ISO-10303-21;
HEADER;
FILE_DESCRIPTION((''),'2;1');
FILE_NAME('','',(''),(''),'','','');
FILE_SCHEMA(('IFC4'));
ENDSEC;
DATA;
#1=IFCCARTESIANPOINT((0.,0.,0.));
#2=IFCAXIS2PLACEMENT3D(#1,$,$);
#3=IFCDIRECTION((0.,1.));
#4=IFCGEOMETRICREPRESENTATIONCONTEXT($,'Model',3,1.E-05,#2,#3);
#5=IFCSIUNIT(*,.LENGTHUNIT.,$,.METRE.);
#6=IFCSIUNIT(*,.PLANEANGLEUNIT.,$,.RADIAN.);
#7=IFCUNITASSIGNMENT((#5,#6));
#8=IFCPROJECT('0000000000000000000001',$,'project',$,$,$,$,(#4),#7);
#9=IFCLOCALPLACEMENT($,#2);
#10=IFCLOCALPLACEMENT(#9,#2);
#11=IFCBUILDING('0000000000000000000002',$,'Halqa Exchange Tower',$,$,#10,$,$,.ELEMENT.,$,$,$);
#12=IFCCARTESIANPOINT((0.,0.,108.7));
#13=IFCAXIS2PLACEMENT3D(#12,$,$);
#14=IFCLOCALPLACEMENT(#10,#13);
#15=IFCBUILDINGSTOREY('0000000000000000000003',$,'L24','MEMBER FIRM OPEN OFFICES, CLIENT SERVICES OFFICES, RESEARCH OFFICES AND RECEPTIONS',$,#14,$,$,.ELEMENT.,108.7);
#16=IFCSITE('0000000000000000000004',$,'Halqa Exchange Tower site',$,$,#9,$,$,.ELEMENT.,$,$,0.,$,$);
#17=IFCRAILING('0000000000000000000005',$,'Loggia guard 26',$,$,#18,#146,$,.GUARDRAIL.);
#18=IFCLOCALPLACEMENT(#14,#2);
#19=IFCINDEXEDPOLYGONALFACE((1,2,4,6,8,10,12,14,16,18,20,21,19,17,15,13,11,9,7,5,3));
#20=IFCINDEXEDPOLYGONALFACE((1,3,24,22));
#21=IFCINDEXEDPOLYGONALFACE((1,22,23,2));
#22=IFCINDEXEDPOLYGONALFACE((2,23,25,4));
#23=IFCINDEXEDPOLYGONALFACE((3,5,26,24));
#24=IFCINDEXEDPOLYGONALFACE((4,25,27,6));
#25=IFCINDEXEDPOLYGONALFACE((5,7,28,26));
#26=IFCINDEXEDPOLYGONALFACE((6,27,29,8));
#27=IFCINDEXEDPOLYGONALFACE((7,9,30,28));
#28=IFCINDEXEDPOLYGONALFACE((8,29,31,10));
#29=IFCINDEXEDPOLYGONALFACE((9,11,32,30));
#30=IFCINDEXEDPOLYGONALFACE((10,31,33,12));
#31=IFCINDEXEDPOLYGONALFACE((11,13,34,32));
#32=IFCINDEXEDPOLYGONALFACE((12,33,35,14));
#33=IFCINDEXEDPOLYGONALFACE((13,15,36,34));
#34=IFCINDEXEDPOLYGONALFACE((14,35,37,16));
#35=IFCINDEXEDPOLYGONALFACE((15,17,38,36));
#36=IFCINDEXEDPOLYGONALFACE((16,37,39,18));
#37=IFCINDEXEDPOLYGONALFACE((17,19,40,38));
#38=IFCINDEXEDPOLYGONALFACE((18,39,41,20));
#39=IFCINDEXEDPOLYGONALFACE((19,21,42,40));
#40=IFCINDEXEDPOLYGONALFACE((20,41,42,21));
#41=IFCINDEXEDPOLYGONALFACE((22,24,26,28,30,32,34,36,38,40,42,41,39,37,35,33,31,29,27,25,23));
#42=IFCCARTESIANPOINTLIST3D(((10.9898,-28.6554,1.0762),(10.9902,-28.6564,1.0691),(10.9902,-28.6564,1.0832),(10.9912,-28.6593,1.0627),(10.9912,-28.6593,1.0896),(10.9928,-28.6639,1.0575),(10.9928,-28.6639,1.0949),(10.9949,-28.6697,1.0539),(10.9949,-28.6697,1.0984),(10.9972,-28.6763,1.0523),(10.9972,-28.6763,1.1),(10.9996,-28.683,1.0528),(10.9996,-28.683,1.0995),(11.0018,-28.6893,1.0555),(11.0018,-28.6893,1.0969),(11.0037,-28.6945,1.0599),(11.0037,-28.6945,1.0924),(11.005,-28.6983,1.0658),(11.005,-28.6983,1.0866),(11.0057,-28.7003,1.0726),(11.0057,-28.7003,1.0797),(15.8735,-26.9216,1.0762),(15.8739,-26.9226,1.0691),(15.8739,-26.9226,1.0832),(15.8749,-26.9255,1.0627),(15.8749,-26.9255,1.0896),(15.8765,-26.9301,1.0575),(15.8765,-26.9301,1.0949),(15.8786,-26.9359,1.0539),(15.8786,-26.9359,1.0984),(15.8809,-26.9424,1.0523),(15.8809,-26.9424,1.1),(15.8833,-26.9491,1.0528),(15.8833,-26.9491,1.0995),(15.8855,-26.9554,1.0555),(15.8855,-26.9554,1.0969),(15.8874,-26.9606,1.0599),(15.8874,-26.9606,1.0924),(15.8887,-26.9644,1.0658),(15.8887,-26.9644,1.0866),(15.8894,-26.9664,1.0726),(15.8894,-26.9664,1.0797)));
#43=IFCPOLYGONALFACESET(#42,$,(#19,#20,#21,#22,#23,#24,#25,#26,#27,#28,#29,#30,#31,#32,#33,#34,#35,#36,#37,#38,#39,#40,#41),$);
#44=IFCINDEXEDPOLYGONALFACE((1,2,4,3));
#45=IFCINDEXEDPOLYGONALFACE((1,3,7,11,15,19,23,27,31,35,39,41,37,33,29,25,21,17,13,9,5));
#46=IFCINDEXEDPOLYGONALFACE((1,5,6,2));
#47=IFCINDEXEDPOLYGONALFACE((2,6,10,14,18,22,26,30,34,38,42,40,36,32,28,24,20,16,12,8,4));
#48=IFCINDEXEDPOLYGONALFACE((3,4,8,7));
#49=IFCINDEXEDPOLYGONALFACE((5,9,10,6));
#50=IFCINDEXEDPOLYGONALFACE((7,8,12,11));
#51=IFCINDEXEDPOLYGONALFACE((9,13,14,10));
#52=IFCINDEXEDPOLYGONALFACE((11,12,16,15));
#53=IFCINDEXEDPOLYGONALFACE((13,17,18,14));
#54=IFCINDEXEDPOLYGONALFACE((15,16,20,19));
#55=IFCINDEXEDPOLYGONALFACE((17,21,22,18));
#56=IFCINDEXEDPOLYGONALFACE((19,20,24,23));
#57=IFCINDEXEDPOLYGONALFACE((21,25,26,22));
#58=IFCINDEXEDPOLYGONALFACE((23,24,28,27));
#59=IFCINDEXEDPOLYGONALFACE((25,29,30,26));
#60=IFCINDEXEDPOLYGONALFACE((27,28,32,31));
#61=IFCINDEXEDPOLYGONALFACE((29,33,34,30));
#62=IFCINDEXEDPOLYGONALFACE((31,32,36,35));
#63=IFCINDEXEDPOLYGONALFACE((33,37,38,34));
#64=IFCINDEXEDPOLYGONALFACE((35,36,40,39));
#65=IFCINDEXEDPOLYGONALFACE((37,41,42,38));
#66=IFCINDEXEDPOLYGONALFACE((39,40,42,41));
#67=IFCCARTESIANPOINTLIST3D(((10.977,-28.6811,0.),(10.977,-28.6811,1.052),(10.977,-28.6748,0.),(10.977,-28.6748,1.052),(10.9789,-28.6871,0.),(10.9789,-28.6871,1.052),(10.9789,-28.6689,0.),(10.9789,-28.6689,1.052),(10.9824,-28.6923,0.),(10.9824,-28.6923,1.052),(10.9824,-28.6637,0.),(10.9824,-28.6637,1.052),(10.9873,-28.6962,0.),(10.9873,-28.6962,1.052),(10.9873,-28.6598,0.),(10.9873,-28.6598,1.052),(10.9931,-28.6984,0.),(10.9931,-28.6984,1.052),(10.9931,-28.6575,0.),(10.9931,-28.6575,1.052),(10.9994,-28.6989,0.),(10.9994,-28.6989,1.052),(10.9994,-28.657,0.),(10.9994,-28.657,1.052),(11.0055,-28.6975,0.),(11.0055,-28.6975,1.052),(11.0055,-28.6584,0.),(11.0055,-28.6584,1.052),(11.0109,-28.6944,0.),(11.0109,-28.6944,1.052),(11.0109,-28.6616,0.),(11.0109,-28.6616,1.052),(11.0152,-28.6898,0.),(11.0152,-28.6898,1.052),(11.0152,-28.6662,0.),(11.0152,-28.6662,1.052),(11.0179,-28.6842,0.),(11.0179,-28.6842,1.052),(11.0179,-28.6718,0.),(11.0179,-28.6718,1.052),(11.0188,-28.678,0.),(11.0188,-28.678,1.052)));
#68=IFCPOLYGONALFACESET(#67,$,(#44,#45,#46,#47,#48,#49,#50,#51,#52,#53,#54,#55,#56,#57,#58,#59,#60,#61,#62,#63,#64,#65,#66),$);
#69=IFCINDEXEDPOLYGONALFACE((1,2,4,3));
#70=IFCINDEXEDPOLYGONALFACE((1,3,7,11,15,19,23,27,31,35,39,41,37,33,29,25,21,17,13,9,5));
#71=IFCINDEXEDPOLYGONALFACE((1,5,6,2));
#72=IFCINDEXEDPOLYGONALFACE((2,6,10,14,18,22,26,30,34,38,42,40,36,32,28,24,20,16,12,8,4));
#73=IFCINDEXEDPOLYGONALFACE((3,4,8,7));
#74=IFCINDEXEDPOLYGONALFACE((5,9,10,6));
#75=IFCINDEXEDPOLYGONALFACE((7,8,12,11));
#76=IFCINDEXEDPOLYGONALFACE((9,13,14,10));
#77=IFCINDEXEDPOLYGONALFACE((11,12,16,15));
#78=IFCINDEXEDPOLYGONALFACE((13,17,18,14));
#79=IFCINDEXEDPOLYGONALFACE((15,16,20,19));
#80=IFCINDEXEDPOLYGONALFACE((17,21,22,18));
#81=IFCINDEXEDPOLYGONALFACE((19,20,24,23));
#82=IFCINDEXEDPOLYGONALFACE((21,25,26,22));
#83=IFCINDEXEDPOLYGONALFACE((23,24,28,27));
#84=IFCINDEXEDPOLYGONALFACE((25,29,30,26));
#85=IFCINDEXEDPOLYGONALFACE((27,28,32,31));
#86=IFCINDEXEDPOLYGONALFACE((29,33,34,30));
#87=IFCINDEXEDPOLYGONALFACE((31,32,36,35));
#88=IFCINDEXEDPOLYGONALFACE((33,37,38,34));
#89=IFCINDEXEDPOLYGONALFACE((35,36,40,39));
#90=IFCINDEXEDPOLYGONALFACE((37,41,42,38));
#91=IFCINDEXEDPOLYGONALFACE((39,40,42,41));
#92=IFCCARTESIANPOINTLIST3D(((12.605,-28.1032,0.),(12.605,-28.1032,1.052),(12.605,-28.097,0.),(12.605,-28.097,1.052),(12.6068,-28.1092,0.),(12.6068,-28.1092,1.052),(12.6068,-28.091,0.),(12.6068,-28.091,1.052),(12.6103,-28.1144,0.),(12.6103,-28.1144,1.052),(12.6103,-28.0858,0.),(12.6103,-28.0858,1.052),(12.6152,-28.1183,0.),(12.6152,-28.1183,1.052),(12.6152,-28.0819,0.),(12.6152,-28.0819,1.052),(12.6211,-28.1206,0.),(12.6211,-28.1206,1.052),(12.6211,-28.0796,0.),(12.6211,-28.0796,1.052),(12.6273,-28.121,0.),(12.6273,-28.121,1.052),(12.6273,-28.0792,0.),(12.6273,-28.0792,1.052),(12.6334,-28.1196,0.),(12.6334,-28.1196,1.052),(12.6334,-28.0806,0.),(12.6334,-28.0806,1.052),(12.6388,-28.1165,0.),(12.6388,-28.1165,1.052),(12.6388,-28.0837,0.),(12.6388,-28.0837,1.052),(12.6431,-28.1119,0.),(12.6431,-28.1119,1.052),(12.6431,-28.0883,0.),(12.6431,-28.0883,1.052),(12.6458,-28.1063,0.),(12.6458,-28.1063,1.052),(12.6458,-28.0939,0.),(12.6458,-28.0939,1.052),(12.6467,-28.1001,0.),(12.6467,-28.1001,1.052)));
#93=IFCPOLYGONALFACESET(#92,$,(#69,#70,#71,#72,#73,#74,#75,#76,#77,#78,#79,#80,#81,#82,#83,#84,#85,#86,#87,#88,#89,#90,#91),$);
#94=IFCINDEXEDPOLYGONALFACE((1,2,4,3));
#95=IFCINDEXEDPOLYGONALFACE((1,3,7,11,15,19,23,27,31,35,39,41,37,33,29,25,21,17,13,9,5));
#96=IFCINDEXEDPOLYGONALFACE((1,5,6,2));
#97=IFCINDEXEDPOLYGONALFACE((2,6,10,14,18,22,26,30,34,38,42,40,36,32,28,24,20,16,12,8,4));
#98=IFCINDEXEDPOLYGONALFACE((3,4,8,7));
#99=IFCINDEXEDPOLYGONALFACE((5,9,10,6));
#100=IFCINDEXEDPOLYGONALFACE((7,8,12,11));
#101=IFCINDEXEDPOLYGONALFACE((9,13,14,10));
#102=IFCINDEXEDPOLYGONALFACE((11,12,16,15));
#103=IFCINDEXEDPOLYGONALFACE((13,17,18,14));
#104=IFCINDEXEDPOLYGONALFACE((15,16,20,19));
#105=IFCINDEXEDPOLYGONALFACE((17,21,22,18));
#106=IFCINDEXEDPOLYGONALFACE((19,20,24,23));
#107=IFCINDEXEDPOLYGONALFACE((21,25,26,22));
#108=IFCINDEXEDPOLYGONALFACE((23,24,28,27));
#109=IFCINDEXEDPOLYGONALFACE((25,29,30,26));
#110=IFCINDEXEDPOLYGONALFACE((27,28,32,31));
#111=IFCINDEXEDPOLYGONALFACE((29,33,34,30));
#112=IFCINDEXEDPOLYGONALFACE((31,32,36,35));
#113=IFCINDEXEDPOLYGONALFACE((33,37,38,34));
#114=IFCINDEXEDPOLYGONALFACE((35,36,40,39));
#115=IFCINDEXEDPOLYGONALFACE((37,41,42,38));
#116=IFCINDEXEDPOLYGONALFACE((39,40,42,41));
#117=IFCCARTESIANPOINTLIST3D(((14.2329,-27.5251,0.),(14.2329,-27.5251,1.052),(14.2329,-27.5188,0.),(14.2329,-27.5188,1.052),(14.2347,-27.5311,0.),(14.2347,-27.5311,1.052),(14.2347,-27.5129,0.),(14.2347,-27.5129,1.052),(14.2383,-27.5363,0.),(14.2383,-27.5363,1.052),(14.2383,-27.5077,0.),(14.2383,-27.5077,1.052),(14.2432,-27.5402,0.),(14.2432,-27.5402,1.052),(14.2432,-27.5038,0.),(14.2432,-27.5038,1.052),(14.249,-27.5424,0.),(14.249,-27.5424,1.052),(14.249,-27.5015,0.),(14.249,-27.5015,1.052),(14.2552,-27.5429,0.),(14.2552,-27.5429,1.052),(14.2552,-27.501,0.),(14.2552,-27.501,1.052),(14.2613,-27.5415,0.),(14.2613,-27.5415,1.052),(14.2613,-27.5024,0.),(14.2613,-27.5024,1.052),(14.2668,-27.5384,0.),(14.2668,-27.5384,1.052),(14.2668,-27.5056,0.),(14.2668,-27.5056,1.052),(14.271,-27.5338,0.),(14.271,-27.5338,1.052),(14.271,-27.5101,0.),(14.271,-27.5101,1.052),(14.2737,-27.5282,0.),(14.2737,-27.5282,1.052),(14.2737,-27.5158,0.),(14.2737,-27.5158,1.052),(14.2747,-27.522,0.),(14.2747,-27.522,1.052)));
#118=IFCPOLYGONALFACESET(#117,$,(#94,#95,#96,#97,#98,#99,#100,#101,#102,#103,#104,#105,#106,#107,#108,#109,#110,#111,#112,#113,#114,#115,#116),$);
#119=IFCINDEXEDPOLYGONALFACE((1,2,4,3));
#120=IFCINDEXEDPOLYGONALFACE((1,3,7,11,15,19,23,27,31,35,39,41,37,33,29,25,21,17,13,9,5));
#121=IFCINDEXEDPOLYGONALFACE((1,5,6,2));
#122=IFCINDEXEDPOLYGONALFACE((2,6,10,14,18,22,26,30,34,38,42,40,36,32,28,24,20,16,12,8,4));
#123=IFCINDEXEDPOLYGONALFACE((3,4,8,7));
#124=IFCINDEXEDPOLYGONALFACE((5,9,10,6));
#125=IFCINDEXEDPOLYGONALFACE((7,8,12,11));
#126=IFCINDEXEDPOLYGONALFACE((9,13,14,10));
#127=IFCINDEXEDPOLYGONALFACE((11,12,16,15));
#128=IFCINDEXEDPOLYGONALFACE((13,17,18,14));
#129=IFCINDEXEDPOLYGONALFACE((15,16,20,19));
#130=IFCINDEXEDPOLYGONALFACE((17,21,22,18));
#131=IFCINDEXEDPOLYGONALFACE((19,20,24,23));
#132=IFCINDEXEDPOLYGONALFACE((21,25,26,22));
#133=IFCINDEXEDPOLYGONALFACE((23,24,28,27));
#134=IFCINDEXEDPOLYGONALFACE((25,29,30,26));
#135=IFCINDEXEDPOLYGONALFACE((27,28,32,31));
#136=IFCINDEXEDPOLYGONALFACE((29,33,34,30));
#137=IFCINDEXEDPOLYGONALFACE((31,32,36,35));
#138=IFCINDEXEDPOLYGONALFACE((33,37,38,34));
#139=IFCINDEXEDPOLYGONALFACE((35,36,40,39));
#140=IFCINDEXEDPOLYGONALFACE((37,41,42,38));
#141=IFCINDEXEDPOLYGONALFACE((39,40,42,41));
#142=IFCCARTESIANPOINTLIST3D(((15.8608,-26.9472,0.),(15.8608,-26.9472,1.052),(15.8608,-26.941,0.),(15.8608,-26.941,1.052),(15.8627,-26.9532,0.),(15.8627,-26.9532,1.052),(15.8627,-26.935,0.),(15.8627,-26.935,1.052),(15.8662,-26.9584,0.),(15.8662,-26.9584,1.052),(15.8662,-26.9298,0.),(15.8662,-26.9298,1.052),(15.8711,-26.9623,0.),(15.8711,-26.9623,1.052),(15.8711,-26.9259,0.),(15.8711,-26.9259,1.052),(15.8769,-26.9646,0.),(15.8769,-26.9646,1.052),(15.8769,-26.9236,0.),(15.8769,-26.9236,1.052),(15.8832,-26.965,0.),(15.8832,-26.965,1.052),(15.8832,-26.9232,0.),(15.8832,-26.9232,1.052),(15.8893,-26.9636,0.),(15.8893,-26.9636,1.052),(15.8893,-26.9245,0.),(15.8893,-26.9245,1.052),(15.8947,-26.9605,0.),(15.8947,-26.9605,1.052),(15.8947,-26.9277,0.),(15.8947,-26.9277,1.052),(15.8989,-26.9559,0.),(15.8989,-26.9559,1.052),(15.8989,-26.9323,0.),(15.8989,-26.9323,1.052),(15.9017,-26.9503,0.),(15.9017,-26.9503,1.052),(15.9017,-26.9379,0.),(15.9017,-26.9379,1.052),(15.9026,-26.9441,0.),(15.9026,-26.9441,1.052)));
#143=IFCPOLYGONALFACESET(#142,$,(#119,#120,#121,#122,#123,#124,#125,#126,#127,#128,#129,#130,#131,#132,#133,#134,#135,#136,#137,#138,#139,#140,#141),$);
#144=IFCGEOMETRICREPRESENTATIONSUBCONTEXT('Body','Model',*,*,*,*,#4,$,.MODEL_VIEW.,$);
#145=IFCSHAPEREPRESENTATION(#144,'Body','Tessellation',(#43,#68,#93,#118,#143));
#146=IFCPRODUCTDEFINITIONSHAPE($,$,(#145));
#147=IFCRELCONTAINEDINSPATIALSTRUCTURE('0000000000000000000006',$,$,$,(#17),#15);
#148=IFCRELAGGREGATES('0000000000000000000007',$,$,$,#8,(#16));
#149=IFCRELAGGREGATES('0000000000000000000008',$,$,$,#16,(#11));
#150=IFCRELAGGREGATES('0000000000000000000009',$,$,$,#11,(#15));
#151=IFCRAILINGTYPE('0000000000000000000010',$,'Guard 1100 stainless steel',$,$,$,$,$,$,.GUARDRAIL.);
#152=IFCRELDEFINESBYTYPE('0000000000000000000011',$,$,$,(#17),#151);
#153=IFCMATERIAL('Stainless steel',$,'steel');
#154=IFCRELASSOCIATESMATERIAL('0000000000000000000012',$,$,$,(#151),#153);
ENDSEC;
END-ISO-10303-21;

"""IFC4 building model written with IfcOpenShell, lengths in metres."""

from ifc_helpers import new_model, si_unit, direction, frame, origin, origin_2d, place, context, subcontext, project, spatial, circle, extrude, material, type_object, element, save


model = new_model("IFC4")

# Units and contexts
model_context = context("Model", 3, precision=1e-05, world=origin(), true_north=direction((0.0, 1.0)))
body_context = subcontext(model_context, "Body", "Model", "MODEL_VIEW")
ifc_project = project(units=[si_unit("LENGTHUNIT", "METRE"), si_unit("PLANEANGLEUNIT", "RADIAN")], contexts=[model_context])

# Site, building, storey
site_placement = place(None, origin())
site = spatial("IfcSite", under=ifc_project, at=site_placement, Name="Halqa Exchange Tower site", CompositionType="ELEMENT", RefElevation=0.0)
building_placement = place(site_placement, origin())
building = spatial("IfcBuilding", under=site, at=building_placement, Name="Halqa Exchange Tower", CompositionType="ELEMENT")
storey_placement = place(building_placement, frame((0.0, 0.0, 108.7)))
storey = spatial("IfcBuildingStorey", under=building, at=storey_placement, Name="L24", Description="MEMBER FIRM OPEN OFFICES, CLIENT SERVICES OFFICES, RESEARCH OFFICES AND RECEPTIONS", CompositionType="ELEMENT", Elevation=108.7)

# Railing
ifc_material_1 = material(Name="Stainless steel", Category="steel")
railing_type = type_object("IfcRailingType", Name="Guard 1100 stainless steel", PredefinedType="GUARDRAIL", material=ifc_material_1)
railing_1_placement = place(storey_placement, frame((10.9978, -28.678, 0.0)))
element("IfcRailing", 1, at=railing_1_placement, inside=storey, type_object=railing_type, Name="Loggia guard 26", PredefinedType="GUARDRAIL", context=body_context, shape_type="SweptSolid", body=[
    extrude(circle(Radius=0.0239, at=origin_2d()), frame((0.0, 0.0, 1.0762), z_axis=(0.942371, 0.334569, 0.0), x_axis=(-0.334569, 0.942371, 0.0)), (0.0, 0.0, 1.0), 5.1824),
    extrude(circle(Radius=0.021, at=origin_2d()), origin(), (0.0, 0.0, 1.0), 1.052),
    extrude(circle(Radius=0.021, at=origin_2d()), frame((1.6279, 0.5779, 0.0)), (0.0, 0.0, 1.0), 1.052),
    extrude(circle(Radius=0.021, at=origin_2d()), frame((3.2559, 1.156, 0.0)), (0.0, 0.0, 1.0), 1.052),
    extrude(circle(Radius=0.021, at=origin_2d()), frame((4.8838, 1.7339, 0.0)), (0.0, 0.0, 1.0), 1.052),
])

save(model, "model.ifc")
